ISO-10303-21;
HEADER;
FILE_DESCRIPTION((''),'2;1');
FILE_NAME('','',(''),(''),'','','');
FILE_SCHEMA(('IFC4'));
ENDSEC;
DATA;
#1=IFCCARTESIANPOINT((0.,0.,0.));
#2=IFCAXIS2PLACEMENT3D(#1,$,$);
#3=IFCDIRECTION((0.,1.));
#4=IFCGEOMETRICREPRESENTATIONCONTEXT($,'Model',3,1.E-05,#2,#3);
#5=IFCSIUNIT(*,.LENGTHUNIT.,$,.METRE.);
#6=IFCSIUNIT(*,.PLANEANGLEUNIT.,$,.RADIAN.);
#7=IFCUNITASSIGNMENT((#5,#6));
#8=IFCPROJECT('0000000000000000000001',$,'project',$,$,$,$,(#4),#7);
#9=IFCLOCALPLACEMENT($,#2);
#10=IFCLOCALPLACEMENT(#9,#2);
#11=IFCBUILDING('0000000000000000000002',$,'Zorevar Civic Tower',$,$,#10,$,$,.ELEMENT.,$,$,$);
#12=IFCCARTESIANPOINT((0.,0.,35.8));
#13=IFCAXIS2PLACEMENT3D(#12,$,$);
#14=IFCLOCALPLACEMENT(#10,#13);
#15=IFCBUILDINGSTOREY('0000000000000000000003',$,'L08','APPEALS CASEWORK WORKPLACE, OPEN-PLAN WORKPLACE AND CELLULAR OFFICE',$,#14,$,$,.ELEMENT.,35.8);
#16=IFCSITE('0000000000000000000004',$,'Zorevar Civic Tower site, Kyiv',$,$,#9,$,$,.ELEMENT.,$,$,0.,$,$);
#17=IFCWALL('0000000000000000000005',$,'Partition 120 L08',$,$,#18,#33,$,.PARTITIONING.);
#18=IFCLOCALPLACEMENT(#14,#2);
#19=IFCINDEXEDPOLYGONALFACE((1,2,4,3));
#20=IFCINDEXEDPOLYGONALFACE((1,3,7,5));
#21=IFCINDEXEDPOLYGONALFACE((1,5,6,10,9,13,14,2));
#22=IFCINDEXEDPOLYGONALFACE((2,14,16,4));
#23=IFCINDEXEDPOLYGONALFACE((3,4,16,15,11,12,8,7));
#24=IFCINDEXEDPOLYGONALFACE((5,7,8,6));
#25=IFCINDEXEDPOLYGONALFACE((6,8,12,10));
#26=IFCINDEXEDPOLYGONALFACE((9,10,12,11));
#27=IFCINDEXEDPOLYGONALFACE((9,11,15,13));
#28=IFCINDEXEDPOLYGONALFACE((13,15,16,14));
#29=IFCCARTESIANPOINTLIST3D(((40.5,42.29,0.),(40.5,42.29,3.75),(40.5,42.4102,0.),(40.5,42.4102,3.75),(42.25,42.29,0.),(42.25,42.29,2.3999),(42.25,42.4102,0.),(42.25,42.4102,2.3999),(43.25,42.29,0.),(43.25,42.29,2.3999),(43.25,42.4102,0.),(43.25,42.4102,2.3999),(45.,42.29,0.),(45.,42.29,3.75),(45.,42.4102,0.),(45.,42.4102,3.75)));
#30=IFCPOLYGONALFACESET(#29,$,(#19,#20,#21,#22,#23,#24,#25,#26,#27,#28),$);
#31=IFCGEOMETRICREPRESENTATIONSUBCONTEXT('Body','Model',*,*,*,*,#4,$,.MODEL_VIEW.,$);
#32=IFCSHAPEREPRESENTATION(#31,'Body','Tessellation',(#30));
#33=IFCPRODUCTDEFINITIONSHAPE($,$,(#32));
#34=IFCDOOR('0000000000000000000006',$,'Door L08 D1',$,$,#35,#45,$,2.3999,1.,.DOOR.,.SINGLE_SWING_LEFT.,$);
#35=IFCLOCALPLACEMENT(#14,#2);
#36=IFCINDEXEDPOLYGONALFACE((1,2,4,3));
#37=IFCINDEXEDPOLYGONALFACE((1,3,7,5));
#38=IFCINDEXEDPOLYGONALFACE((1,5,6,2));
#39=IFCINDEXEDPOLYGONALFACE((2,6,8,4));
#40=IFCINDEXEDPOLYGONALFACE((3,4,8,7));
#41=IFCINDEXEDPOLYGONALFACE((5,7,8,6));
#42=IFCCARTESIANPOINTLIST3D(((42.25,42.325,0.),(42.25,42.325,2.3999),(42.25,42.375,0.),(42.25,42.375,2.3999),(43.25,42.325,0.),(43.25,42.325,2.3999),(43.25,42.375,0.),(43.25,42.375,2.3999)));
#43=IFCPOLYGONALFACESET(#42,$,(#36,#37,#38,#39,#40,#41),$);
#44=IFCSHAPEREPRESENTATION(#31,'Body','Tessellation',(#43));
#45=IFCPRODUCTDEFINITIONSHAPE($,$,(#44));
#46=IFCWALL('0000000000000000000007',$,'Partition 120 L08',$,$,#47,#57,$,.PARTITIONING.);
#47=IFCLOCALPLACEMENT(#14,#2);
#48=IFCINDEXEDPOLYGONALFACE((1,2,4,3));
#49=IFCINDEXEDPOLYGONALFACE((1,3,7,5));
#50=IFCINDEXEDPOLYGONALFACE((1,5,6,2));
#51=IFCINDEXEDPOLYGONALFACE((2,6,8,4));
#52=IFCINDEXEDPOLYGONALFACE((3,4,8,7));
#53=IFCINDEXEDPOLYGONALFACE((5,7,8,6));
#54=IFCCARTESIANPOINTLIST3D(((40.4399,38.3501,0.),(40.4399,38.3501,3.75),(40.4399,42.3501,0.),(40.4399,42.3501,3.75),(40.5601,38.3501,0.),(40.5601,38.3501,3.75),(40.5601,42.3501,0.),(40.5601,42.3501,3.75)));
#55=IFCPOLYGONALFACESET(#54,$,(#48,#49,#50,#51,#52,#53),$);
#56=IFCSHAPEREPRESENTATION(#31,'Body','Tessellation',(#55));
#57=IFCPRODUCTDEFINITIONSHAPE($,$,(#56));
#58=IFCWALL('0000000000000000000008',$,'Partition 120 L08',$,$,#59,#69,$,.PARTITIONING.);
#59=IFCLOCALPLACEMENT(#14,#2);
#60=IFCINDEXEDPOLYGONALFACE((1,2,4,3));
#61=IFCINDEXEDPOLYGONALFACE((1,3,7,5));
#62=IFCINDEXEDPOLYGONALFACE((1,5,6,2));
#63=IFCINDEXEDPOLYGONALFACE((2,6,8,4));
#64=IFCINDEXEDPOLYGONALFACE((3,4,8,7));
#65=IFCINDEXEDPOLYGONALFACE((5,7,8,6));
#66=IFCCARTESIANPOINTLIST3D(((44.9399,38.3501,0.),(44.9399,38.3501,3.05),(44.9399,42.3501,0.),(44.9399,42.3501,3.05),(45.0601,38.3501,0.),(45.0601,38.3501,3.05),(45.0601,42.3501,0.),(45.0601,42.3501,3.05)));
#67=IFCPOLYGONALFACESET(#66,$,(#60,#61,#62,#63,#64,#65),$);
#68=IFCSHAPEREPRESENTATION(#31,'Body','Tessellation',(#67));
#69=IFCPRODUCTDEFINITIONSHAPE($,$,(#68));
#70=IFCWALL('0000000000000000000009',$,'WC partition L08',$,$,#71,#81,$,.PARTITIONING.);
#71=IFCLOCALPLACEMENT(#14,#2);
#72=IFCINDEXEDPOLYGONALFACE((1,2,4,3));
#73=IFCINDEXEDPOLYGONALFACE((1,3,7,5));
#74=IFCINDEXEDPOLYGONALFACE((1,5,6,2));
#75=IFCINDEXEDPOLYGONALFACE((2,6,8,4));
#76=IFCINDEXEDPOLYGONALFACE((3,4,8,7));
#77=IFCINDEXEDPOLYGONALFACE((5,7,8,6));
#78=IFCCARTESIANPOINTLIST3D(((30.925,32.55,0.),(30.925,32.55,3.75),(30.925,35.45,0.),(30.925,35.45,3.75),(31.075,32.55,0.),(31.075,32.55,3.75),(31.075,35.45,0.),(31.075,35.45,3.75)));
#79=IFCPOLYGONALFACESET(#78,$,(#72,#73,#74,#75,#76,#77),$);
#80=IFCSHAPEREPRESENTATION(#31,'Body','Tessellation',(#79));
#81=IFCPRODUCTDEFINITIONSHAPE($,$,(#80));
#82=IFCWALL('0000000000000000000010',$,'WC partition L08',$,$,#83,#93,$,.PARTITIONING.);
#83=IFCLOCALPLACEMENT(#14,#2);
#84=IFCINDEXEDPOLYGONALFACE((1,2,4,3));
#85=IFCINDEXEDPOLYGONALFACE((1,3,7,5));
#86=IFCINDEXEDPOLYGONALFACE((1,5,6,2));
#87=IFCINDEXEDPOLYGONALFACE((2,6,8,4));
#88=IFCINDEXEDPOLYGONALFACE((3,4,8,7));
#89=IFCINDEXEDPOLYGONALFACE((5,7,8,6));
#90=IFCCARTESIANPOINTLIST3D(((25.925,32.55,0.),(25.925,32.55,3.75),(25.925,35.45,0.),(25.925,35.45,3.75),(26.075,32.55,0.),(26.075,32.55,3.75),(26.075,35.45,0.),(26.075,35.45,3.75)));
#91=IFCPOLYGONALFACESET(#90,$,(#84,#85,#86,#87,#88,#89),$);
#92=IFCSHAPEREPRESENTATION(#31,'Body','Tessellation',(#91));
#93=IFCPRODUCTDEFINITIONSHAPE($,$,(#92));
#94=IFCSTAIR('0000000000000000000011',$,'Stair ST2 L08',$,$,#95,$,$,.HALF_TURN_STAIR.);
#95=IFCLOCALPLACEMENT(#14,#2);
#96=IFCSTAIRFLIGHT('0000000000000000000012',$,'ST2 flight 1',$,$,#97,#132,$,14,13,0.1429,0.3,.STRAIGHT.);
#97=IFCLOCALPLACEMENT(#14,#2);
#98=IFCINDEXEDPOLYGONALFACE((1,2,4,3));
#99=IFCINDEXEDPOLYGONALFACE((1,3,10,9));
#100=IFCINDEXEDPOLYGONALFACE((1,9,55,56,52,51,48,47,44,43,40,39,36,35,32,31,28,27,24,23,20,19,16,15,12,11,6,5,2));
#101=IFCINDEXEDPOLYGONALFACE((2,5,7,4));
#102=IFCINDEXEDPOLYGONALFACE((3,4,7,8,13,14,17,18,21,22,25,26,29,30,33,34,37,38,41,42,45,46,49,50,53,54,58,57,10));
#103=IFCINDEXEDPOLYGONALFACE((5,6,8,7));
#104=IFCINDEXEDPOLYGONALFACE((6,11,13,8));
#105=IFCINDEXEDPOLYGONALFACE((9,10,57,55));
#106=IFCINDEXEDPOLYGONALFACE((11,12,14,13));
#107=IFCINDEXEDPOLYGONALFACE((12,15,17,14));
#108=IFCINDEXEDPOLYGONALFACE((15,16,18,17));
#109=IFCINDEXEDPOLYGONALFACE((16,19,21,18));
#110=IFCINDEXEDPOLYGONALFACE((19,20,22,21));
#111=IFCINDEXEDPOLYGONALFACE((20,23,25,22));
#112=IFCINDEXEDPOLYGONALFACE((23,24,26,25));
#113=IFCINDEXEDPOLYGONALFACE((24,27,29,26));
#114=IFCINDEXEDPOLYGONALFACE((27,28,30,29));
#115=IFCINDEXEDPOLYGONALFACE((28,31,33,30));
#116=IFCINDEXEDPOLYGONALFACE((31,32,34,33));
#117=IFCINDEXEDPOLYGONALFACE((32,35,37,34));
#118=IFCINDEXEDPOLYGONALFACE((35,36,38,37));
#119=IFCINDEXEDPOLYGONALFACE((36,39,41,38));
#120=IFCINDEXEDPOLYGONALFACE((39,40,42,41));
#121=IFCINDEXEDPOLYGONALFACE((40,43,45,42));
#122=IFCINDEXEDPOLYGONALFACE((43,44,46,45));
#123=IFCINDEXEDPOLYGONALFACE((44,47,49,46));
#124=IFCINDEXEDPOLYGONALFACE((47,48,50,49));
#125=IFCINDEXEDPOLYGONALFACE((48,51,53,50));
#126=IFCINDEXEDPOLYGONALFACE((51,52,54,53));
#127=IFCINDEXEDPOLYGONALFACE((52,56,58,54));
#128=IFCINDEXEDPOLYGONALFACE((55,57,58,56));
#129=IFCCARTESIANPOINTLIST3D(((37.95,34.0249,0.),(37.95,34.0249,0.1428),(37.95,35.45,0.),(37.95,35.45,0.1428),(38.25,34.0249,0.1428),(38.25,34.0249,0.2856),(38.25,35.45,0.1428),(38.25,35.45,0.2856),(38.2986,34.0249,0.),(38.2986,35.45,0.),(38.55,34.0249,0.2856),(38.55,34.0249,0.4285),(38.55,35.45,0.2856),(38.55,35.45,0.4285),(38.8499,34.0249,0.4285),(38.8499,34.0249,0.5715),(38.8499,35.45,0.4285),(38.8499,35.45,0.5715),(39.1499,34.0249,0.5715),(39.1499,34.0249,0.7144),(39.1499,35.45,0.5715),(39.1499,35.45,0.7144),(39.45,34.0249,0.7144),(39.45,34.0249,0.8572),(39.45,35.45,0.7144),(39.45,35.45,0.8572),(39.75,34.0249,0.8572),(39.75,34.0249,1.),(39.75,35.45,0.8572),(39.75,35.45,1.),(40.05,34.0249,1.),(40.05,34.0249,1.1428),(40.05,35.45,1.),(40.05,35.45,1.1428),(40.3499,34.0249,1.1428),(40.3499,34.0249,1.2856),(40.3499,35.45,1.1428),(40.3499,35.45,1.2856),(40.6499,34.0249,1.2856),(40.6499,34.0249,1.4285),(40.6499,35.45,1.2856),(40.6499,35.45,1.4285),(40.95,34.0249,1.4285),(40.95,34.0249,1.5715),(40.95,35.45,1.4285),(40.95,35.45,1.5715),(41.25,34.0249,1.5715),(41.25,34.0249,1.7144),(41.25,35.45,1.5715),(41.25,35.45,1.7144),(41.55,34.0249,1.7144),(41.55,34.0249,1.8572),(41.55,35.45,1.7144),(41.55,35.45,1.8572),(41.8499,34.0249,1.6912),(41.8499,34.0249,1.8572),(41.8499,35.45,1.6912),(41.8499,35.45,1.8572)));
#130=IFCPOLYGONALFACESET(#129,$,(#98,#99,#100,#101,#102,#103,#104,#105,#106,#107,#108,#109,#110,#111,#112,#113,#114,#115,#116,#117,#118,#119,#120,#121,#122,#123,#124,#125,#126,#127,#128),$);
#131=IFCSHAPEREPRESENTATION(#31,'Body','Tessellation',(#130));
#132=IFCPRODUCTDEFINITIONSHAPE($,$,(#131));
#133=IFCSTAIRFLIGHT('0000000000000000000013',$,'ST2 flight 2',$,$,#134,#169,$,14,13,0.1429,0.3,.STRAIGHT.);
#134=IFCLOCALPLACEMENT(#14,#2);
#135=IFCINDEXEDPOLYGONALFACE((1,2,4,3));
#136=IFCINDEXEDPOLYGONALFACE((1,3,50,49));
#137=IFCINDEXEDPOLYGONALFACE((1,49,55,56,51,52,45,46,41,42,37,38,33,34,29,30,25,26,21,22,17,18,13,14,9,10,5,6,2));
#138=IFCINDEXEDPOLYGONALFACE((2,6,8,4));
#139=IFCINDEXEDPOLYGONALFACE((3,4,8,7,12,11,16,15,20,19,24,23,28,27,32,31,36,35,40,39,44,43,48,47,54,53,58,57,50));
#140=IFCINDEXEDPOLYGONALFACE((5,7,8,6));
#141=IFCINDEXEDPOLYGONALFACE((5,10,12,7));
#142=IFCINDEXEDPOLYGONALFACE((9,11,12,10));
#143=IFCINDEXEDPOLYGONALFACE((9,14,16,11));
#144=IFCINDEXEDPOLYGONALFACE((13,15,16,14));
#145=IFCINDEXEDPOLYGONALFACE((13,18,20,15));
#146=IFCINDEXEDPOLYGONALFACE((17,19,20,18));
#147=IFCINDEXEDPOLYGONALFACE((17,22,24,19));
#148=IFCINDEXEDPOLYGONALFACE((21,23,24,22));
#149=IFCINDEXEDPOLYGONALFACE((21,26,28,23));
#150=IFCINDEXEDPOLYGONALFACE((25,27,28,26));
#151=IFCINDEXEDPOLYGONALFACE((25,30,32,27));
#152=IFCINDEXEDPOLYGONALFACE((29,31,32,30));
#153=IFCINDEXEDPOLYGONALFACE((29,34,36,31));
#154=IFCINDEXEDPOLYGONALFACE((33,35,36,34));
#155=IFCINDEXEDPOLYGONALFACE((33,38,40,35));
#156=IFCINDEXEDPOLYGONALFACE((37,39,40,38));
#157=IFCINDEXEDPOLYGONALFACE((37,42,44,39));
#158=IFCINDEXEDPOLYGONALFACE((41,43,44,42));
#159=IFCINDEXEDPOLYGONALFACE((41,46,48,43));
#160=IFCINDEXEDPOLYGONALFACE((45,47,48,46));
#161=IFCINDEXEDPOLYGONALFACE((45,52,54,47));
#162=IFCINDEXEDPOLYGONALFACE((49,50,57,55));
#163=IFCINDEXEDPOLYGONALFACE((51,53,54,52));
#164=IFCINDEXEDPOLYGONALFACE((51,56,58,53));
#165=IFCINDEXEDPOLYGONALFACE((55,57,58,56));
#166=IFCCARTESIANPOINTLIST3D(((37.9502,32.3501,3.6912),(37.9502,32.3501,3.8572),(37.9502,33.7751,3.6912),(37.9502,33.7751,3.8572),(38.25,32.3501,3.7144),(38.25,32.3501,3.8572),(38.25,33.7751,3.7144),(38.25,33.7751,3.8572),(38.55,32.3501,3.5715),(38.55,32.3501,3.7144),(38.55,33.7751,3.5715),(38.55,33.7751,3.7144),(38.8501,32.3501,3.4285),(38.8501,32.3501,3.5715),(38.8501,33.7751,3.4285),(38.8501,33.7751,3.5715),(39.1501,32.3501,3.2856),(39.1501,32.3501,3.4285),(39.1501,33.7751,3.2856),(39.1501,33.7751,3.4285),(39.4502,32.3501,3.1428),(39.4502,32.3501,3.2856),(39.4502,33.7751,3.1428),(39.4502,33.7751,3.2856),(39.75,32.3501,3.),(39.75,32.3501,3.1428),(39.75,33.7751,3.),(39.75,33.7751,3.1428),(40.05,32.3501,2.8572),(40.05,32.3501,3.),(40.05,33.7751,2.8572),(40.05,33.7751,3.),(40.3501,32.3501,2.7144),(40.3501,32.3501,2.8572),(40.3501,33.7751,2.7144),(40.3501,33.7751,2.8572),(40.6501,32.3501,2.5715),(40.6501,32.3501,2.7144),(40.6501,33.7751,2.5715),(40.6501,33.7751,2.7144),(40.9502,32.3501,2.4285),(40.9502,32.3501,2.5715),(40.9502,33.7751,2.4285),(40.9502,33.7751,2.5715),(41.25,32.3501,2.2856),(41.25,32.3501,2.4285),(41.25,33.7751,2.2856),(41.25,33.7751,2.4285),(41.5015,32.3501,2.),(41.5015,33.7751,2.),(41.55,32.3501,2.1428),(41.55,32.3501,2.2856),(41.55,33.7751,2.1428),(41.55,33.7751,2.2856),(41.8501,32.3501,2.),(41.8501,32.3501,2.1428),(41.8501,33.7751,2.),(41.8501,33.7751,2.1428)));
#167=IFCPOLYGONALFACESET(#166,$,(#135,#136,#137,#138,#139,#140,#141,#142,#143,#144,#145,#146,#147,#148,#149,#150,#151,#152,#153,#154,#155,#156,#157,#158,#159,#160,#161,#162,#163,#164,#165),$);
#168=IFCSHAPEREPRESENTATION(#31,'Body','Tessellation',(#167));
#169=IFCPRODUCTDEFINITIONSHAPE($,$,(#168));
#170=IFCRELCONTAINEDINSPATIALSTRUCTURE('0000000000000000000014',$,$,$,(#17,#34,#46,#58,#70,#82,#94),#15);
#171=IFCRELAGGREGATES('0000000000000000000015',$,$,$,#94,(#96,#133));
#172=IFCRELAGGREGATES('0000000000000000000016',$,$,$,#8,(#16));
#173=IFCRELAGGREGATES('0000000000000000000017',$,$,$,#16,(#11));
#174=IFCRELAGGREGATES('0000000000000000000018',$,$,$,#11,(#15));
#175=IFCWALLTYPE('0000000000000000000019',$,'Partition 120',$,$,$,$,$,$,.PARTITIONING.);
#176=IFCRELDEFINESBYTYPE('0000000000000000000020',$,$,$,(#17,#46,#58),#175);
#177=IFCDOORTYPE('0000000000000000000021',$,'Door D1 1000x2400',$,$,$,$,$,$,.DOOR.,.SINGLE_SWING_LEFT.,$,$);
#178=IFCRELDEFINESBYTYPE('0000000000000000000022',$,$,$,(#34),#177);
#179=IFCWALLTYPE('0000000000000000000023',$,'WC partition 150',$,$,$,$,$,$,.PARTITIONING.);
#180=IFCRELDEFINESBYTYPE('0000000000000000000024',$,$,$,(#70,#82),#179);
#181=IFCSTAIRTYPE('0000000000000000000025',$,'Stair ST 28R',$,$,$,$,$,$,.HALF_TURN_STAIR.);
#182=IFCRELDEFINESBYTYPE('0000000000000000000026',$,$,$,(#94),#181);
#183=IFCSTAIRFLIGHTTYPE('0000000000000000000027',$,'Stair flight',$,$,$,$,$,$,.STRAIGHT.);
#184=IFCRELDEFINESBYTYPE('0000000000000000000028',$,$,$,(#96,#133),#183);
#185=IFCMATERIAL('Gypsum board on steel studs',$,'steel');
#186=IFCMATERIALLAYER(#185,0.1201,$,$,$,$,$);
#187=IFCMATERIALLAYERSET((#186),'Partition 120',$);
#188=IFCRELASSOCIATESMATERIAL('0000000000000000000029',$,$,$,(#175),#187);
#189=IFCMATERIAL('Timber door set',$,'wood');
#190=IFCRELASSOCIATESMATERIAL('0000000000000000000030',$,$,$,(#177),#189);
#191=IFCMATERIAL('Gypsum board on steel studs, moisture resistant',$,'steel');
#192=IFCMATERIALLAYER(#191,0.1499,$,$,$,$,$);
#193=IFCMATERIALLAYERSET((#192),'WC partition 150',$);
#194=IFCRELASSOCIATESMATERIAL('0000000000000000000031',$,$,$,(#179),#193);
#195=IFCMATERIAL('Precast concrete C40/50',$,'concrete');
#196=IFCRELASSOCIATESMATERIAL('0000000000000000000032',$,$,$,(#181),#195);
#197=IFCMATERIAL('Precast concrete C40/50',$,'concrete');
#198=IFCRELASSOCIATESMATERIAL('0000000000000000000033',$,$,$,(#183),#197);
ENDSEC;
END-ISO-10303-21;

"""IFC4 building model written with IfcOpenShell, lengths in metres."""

from ifc_helpers import new_model, si_unit, direction, frame, frame_2d, origin, place, context, subcontext, project, spatial, polyline, rectangle, outline, extrude, material, layer, layer_set, type_object, element, fill, aggregate, save


model = new_model("IFC4")

# Units and contexts
model_context = context("Model", 3, precision=1e-05, world=origin(), true_north=direction((0.0, 1.0)))
body_context = subcontext(model_context, "Body", "Model", "MODEL_VIEW")
ifc_project = project(units=[si_unit("LENGTHUNIT", "METRE"), si_unit("PLANEANGLEUNIT", "RADIAN")], contexts=[model_context])

# Site, building, storey
site_placement = place(None, origin())
site = spatial("IfcSite", under=ifc_project, at=site_placement, Name="Zorevar Civic Tower site, Kyiv", CompositionType="ELEMENT", RefElevation=0.0)
building_placement = place(site_placement, origin())
building = spatial("IfcBuilding", under=site, at=building_placement, Name="Zorevar Civic Tower", CompositionType="ELEMENT")
storey_placement = place(building_placement, frame((0.0, 0.0, 35.8)))
storey = spatial("IfcBuildingStorey", under=building, at=storey_placement, Name="L08", Description="APPEALS CASEWORK WORKPLACE, OPEN-PLAN WORKPLACE AND CELLULAR OFFICE", CompositionType="ELEMENT", Elevation=35.8)

# Shared definitions
ifc_material_1 = material(Name="Gypsum board on steel studs", Category="steel")
ifc_layer_1 = layer(ifc_material_1, 0.1201)
ifc_layer_set_1 = layer_set([ifc_layer_1], Name="Partition 120")
wall_type_1 = type_object("IfcWallType", Name="Partition 120", PredefinedType="PARTITIONING", material=ifc_layer_set_1)

# Wall, opening, door
wall_1_placement = place(storey_placement, frame((40.5, 42.3501, 0.0), z_axis=(0.0, 0.0, 1.0), x_axis=(1.0, 0.0, 0.0)))
wall_1 = element("IfcWall", 1, at=wall_1_placement, inside=storey, type_object=wall_type_1, Name="Partition 120 L08", PredefinedType="PARTITIONING", context=body_context, shape_type="SweptSolid", body=[
    extrude(rectangle(XDim=4.5, YDim=0.1201, at=frame_2d((2.25, 0.0))), origin(), (0.0, 0.0, 1.0), 3.75),
])
opening_1_placement = place(wall_1_placement, frame((1.75, 0.0, 0.0)))
opening_1 = element("IfcOpeningElement", 2, at=opening_1_placement, cuts=wall_1, PredefinedType="OPENING", context=body_context, shape_type="SweptSolid", body=[
    extrude(rectangle(XDim=1.0, YDim=2.3999, at=frame_2d((0.5, 1.2))), frame((0.0, 0.0701, 0.0), z_axis=(0.0, -1.0, 0.0), x_axis=(1.0, 0.0, 0.0)), (0.0, 0.0, 1.0), 0.1401),
])
ifc_material_2 = material(Name="Timber door set", Category="wood")
door_type_1 = type_object("IfcDoorType", Name="Door D1 1000x2400", OperationType="SINGLE_SWING_LEFT", PredefinedType="DOOR", material=ifc_material_2)
door_1_placement = place(opening_1_placement, origin())
door_1 = element("IfcDoor", 3, at=door_1_placement, inside=storey, type_object=door_type_1, Name="Door L08 D1", OperationType="SINGLE_SWING_LEFT", OverallHeight=2.3999, OverallWidth=1.0, PredefinedType="DOOR", context=body_context, shape_type="SweptSolid", body=[
    extrude(rectangle(XDim=1.0, YDim=2.3999, at=frame_2d((0.5, 1.2))), frame((0.0, 0.0249, 0.0), z_axis=(0.0, -1.0, 0.0), x_axis=(1.0, 0.0, 0.0)), (0.0, 0.0, 1.0), 0.05),
])
fill(opening_1, door_1)

# Walls
wall_2_placement = place(storey_placement, frame((40.5, 38.3501, 0.0), z_axis=(0.0, 0.0, 1.0), x_axis=(0.0, 1.0, 0.0)))
element("IfcWall", 4, at=wall_2_placement, inside=storey, type_object=wall_type_1, Name="Partition 120 L08", PredefinedType="PARTITIONING", context=body_context, shape_type="SweptSolid", body=[
    extrude(rectangle(XDim=4.0, YDim=0.1201, at=frame_2d((2.0, 0.0))), origin(), (0.0, 0.0, 1.0), 3.75),
])
wall_3_placement = place(storey_placement, frame((45.0, 38.3501, 0.0), z_axis=(0.0, 0.0, 1.0), x_axis=(0.0, 1.0, 0.0)))
element("IfcWall", 5, at=wall_3_placement, inside=storey, type_object=wall_type_1, Name="Partition 120 L08", PredefinedType="PARTITIONING", context=body_context, shape_type="SweptSolid", body=[
    extrude(rectangle(XDim=4.0, YDim=0.1201, at=frame_2d((2.0, 0.0))), origin(), (0.0, 0.0, 1.0), 3.05),
])
ifc_material_3 = material(Name="Gypsum board on steel studs, moisture resistant", Category="steel")
ifc_layer_2 = layer(ifc_material_3, 0.1499)
ifc_layer_set_2 = layer_set([ifc_layer_2], Name="WC partition 150")
wall_type_2 = type_object("IfcWallType", Name="WC partition 150", PredefinedType="PARTITIONING", material=ifc_layer_set_2)
for number, where, z_axis, x_axis, name in (
    (6, (31.0, 32.55, 0.0), (0.0, 0.0, 1.0), (0.0, 1.0, 0.0), "WC partition L08"),
    (7, (26.0, 32.55, 0.0), (0.0, 0.0, 1.0), (0.0, 1.0, 0.0), "WC partition L08"),
):
    element("IfcWall", number, at=place(storey_placement, frame(where, z_axis=z_axis, x_axis=x_axis)), inside=storey, type_object=wall_type_2, Name=name, PredefinedType="PARTITIONING", context=body_context, shape_type="SweptSolid", body=[
        extrude(rectangle(XDim=2.8999, YDim=0.1499, at=frame_2d((1.45, 0.0))), origin(), (0.0, 0.0, 1.0), 3.75),
    ])

# Stair, stair flights
ifc_material_4 = material(Name="Precast concrete C40/50", Category="concrete")
stair_type = type_object("IfcStairType", Name="Stair ST 28R", PredefinedType="HALF_TURN_STAIR", material=ifc_material_4)
stair_placement = place(storey_placement, origin())
stair = element("IfcStair", 8, at=stair_placement, inside=storey, type_object=stair_type, Name="Stair ST2 L08", PredefinedType="HALF_TURN_STAIR")
ifc_material_5 = material(Name="Precast concrete C40/50", Category="concrete")
stair_flight_type = type_object("IfcStairFlightType", Name="Stair flight", PredefinedType="STRAIGHT", material=ifc_material_5)
stair_flight_1_placement = place(storey_placement, frame((37.95, 34.7375, 0.0), z_axis=(0.0, 0.0, 1.0), x_axis=(1.0, 0.0, 0.0)))
stair_flight_1 = element("IfcStairFlight", 9, at=stair_flight_1_placement, type_object=stair_flight_type, Name="ST2 flight 1", NumberOfRisers=14, NumberOfTreads=13, PredefinedType="STRAIGHT", RiserHeight=0.1429, TreadLength=0.3, context=body_context, shape_type="SweptSolid", body=[
    extrude(outline(polyline([(0.0, 0.0), (0.0, 0.1428), (0.3, 0.1428), (0.3, 0.2856), (0.6001, 0.2856), (0.6001, 0.4285), (0.8999, 0.4285), (0.8999, 0.5715), (1.2, 0.5715), (1.2, 0.7144), (1.5, 0.7144), (1.5, 0.8572), (1.8, 0.8572), (1.8, 1.0), (2.1001, 1.0), (2.1001, 1.1428), (2.3999, 1.1428), (2.3999, 1.2856), (2.7, 1.2856), (2.7, 1.4285), (3.0, 1.4285), (3.0, 1.5715), (3.3, 1.5715), (3.3, 1.7144), (3.6001, 1.7144), (3.6001, 1.8572), (3.8999, 1.8572), (3.8999, 2.0), (3.8999, 1.6912), (0.3486, 0.0), (0.0, 0.0)])), frame((0.0, 0.7124, 0.0), z_axis=(0.0, -1.0, 0.0), x_axis=(1.0, 0.0, 0.0)), (0.0, 0.0, 1.0), 1.425),
])
stair_flight_2_placement = place(storey_placement, frame((41.8501, 33.0625, 2.0), z_axis=(0.0, 0.0, 1.0), x_axis=(-1.0, 0.0, 0.0)))
stair_flight_2 = element("IfcStairFlight", 10, at=stair_flight_2_placement, type_object=stair_flight_type, Name="ST2 flight 2", NumberOfRisers=14, NumberOfTreads=13, PredefinedType="STRAIGHT", RiserHeight=0.1429, TreadLength=0.3, context=body_context, shape_type="SweptSolid", body=[
    extrude(outline(polyline([(0.0, 0.0), (0.0, 0.1428), (0.3, 0.1428), (0.3, 0.2856), (0.6001, 0.2856), (0.6001, 0.4285), (0.8999, 0.4285), (0.8999, 0.5715), (1.2, 0.5715), (1.2, 0.7144), (1.5, 0.7144), (1.5, 0.8572), (1.8, 0.8572), (1.8, 1.0), (2.1001, 1.0), (2.1001, 1.1428), (2.3999, 1.1428), (2.3999, 1.2856), (2.7, 1.2856), (2.7, 1.4285), (3.0, 1.4285), (3.0, 1.5715), (3.3, 1.5715), (3.3, 1.7144), (3.6001, 1.7144), (3.6001, 1.8572), (3.8999, 1.8572), (3.8999, 2.0), (3.8999, 1.6912), (0.3486, 0.0), (0.0, 0.0)])), frame((0.0, 0.7124, 0.0), z_axis=(0.0, -1.0, 0.0), x_axis=(1.0, 0.0, 0.0)), (0.0, 0.0, 1.0), 1.425),
])
aggregate(stair, [stair_flight_1, stair_flight_2])

save(model, "model.ifc")
